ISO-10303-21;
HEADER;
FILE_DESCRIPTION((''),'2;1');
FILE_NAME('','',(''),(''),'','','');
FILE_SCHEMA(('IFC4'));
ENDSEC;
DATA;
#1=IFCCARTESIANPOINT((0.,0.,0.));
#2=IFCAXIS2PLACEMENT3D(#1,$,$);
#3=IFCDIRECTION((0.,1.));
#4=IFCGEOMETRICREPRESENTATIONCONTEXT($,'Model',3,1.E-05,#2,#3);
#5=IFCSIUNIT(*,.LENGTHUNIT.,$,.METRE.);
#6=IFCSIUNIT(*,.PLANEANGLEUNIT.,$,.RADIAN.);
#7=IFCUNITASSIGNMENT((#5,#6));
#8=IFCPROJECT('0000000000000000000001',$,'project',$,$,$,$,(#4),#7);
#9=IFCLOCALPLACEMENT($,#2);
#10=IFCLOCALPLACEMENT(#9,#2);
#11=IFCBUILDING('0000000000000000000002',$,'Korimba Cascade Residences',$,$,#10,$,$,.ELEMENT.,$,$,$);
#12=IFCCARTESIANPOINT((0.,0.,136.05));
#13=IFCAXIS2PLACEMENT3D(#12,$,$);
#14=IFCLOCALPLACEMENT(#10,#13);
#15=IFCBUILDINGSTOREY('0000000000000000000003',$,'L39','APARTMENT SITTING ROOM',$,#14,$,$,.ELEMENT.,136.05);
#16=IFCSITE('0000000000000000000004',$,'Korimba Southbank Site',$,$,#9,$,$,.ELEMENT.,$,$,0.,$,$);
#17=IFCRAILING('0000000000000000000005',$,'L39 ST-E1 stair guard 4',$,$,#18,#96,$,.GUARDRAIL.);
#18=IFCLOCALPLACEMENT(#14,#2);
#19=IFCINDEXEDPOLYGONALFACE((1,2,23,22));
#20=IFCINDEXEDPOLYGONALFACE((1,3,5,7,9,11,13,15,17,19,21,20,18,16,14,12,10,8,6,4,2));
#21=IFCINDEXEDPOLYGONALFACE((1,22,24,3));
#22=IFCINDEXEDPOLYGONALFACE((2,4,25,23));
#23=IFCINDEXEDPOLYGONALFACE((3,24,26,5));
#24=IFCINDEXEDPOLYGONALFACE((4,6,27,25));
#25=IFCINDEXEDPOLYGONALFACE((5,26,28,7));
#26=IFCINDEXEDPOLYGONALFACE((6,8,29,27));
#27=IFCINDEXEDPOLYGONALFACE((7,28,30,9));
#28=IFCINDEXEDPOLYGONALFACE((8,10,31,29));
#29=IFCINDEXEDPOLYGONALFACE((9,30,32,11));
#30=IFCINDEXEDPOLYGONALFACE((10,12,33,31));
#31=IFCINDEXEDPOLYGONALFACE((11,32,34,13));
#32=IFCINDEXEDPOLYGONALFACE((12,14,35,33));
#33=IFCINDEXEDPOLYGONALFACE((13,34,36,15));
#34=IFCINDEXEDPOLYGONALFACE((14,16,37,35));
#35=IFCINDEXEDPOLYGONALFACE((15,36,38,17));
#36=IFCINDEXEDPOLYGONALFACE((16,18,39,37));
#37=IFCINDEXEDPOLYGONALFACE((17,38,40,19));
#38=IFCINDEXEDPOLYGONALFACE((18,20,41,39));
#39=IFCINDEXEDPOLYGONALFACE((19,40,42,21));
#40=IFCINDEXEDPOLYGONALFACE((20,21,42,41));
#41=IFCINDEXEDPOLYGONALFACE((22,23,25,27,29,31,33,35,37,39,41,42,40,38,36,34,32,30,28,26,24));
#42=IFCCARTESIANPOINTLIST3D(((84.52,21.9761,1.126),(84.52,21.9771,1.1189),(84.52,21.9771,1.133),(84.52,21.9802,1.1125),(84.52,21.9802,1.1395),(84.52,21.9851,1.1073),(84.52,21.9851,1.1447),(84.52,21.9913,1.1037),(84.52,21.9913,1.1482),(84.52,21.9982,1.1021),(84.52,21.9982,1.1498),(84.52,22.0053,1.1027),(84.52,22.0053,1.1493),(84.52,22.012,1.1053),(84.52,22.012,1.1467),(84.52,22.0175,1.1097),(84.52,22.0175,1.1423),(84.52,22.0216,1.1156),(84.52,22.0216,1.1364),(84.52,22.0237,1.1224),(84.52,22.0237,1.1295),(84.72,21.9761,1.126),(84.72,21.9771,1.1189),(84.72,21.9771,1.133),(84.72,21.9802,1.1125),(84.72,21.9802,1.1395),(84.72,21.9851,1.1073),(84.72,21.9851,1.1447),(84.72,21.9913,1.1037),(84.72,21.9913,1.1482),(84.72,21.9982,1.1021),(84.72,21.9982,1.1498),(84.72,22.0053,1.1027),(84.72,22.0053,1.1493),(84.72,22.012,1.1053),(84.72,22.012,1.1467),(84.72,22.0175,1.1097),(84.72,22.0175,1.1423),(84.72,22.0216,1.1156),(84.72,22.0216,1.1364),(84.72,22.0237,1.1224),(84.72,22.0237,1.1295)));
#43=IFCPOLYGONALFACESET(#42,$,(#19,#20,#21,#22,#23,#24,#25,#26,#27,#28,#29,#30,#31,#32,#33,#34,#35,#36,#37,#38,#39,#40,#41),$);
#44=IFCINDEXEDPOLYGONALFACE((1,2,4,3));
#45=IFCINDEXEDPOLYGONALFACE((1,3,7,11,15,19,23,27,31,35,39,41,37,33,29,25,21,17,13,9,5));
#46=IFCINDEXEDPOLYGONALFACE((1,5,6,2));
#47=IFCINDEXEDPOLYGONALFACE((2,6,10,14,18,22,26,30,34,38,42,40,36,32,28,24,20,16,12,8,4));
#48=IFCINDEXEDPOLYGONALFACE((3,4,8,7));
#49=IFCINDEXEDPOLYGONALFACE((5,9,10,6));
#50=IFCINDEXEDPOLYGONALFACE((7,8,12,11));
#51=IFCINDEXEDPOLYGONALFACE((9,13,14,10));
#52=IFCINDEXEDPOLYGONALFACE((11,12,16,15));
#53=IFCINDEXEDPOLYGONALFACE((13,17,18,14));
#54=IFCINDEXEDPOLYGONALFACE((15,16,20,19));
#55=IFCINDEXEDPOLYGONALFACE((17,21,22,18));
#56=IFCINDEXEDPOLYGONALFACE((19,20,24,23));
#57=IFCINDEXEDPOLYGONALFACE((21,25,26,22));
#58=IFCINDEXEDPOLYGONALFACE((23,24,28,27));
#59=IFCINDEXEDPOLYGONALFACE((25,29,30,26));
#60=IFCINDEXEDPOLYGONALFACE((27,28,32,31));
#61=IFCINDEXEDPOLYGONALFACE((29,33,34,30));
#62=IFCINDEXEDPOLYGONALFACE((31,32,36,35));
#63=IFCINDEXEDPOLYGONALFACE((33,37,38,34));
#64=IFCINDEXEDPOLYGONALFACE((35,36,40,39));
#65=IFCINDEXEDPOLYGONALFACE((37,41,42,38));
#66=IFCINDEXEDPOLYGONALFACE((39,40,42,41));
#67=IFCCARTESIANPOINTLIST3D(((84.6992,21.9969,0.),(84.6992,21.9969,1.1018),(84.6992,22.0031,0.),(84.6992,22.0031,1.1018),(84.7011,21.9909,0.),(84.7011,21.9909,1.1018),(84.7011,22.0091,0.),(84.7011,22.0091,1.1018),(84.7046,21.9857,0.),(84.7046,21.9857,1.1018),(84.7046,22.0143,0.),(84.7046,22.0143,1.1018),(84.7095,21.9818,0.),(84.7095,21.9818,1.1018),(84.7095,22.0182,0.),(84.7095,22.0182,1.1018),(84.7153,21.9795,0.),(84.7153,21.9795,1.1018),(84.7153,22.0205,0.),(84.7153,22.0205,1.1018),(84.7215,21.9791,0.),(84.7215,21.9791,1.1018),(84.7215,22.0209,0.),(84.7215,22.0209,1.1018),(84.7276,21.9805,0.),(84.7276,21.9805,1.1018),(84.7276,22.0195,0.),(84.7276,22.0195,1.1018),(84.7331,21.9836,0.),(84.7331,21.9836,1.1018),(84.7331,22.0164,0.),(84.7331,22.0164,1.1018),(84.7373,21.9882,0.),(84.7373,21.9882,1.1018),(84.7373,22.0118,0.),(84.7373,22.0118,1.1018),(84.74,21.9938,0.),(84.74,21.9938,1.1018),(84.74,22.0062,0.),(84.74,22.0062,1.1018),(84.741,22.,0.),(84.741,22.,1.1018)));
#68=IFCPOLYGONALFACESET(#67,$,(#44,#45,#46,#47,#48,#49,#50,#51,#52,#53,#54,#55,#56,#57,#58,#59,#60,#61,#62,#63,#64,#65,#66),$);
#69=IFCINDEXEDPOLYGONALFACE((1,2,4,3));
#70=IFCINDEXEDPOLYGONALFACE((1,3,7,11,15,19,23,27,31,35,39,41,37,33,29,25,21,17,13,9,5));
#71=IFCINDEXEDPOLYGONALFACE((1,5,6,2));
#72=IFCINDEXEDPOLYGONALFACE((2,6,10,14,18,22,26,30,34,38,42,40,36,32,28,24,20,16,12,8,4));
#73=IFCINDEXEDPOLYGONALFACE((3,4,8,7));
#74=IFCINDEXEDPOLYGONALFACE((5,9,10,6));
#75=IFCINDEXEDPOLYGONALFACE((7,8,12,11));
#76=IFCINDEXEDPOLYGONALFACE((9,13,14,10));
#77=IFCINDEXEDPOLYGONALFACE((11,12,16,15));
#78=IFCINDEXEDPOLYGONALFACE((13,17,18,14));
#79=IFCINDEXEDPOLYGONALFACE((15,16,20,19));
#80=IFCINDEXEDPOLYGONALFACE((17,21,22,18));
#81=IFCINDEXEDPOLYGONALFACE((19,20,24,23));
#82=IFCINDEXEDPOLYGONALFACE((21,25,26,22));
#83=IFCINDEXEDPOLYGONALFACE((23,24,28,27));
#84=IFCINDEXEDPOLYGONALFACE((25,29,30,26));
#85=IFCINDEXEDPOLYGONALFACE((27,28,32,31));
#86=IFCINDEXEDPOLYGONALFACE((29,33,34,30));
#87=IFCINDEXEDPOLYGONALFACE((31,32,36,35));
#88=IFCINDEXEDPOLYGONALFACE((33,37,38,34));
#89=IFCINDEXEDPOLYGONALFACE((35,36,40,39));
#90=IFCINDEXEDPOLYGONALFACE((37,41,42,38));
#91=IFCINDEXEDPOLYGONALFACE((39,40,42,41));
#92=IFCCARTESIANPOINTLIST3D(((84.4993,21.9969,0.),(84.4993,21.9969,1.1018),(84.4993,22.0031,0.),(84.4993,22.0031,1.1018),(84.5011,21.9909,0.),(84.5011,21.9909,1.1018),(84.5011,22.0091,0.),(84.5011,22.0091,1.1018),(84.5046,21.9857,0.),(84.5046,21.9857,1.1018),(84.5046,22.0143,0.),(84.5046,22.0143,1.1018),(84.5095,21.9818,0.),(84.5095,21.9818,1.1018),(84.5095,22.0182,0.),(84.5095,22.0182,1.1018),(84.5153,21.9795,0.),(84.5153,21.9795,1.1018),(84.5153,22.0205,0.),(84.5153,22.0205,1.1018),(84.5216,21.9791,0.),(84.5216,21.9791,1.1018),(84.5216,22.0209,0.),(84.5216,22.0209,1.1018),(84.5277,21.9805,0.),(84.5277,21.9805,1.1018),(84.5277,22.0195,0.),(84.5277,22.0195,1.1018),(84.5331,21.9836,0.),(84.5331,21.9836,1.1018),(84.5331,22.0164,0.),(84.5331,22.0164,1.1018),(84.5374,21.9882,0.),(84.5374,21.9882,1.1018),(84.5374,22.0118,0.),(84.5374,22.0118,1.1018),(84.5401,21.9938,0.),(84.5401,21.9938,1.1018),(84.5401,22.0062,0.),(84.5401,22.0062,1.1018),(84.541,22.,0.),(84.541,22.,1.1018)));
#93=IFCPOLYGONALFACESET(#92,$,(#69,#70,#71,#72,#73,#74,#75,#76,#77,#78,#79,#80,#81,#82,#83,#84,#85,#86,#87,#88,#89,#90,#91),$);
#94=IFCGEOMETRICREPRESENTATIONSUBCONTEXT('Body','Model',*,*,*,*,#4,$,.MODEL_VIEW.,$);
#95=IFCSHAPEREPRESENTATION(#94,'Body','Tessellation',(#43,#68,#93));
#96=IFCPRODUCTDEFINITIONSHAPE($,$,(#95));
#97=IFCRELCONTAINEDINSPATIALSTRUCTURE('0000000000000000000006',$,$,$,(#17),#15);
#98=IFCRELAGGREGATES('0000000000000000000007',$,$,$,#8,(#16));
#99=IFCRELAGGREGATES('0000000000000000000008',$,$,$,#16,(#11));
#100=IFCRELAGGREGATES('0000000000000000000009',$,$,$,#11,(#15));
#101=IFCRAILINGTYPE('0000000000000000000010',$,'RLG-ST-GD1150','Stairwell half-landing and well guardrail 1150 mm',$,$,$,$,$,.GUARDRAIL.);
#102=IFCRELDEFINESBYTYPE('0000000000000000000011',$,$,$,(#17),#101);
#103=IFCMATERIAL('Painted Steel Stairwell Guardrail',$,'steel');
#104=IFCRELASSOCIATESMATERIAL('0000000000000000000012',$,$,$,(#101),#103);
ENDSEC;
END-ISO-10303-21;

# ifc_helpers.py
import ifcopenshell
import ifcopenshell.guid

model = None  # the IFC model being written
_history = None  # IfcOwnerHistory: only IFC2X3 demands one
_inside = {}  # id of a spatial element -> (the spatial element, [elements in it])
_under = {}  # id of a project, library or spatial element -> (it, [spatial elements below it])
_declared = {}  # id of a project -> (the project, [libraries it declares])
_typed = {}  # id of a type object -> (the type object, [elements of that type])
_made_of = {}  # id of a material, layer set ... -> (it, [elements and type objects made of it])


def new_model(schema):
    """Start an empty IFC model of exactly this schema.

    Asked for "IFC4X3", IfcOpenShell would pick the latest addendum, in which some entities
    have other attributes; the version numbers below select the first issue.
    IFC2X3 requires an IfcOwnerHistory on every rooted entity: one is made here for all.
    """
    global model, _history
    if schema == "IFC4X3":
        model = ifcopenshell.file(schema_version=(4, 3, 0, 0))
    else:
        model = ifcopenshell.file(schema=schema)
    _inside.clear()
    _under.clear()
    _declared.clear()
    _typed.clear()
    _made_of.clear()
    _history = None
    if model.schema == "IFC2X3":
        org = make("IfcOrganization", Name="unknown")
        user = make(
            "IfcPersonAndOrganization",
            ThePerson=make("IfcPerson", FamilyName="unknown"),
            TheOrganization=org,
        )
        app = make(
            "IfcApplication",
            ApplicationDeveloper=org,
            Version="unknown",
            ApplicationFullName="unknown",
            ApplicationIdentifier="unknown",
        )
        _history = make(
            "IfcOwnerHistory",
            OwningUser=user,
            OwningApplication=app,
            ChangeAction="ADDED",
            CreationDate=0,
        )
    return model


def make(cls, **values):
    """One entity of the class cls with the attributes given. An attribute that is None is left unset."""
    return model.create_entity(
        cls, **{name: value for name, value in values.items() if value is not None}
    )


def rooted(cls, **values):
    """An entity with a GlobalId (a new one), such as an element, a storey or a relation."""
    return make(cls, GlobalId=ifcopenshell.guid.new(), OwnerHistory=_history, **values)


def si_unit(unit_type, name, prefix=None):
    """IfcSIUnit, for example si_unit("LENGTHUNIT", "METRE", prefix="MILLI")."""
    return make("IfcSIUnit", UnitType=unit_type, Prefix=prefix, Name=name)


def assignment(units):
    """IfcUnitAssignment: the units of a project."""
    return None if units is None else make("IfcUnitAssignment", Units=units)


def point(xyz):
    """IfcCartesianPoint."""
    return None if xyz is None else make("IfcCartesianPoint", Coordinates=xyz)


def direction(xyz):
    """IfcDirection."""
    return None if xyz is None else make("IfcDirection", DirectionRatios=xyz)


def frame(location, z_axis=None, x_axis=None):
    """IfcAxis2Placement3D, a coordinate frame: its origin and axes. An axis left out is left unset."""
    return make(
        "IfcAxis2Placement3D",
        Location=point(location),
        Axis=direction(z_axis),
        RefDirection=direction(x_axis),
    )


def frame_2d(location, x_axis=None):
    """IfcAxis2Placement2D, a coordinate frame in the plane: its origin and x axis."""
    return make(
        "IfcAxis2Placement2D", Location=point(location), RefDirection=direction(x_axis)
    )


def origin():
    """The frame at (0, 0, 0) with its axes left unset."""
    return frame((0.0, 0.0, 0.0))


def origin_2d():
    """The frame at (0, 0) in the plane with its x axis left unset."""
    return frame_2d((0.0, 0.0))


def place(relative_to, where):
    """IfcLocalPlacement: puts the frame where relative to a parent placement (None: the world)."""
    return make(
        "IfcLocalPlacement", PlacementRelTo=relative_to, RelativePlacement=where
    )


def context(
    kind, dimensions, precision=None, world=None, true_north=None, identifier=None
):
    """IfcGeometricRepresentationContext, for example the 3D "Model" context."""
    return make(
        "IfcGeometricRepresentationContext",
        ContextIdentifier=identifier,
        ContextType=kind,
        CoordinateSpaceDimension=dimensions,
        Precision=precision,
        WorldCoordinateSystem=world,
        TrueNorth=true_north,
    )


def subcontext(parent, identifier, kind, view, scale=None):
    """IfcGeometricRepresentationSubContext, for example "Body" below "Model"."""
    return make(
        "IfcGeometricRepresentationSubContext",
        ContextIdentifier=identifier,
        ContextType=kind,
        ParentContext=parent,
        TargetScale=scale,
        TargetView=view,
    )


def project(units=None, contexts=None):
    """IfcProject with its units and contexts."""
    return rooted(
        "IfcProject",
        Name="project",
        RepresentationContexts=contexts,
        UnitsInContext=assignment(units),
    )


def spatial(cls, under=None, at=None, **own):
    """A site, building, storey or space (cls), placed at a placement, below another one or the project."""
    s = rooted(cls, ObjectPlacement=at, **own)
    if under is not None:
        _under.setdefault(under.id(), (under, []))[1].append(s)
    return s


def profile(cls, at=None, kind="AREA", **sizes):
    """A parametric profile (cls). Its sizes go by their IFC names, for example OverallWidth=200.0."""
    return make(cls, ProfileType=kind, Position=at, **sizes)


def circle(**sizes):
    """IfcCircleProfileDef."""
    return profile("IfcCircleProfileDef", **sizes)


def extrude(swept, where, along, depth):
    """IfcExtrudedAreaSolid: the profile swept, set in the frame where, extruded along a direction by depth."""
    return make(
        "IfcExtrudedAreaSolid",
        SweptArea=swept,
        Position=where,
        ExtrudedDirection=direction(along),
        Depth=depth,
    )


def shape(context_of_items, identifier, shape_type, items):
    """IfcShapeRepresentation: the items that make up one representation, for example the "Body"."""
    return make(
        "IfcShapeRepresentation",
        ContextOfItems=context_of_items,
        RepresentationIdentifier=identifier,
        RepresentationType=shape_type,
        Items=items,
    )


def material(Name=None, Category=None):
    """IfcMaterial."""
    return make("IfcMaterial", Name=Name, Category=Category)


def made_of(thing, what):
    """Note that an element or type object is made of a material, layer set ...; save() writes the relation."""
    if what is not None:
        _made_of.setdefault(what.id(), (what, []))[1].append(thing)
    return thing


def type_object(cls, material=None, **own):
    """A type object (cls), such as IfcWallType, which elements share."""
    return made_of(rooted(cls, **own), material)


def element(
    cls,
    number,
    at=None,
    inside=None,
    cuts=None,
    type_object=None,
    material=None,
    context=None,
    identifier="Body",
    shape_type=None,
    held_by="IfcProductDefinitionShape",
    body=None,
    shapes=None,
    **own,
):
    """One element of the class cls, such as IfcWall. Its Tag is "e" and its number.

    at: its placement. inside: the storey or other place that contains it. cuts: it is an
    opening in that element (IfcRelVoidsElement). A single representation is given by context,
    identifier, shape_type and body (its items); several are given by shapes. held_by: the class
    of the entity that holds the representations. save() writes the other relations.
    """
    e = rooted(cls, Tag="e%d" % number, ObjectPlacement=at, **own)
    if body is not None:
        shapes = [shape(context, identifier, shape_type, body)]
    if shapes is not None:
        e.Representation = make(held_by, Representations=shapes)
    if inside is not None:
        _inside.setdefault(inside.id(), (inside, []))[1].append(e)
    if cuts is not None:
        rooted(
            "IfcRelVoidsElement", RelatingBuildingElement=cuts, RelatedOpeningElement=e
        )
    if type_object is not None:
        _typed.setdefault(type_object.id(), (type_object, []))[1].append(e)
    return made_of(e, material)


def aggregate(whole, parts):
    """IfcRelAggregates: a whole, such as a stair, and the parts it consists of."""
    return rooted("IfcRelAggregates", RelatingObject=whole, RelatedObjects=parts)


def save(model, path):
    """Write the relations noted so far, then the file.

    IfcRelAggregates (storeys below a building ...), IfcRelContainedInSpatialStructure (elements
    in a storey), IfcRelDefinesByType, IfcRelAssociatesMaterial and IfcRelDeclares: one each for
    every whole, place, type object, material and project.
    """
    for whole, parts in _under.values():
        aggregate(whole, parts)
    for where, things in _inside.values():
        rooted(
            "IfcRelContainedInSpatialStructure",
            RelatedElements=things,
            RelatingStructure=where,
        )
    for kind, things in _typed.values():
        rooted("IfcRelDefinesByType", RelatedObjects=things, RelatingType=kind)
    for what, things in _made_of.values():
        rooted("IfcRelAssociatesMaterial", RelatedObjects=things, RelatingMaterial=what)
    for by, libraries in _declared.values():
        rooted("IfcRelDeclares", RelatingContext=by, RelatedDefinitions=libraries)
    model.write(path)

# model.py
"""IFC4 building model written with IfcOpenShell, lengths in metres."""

from ifc_helpers import new_model, si_unit, direction, frame, origin, origin_2d, place, context, subcontext, project, spatial, circle, extrude, material, type_object, element, save


model = new_model("IFC4")

# Units and contexts
model_context = context("Model", 3, precision=1e-05, world=origin(), true_north=direction((0.0, 1.0)))
body_context = subcontext(model_context, "Body", "Model", "MODEL_VIEW")
ifc_project = project(units=[si_unit("LENGTHUNIT", "METRE"), si_unit("PLANEANGLEUNIT", "RADIAN")], contexts=[model_context])

# Site, building, storey
site_placement = place(None, origin())
site = spatial("IfcSite", under=ifc_project, at=site_placement, Name="Korimba Southbank Site", CompositionType="ELEMENT", RefElevation=0.0)
building_placement = place(site_placement, origin())
building = spatial("IfcBuilding", under=site, at=building_placement, Name="Korimba Cascade Residences", CompositionType="ELEMENT")
storey_placement = place(building_placement, frame((0.0, 0.0, 136.05)))
storey = spatial("IfcBuildingStorey", under=building, at=storey_placement, Name="L39", Description="APARTMENT SITTING ROOM", CompositionType="ELEMENT", Elevation=136.05)

# Railing
ifc_material_1 = material(Name="Painted Steel Stairwell Guardrail", Category="steel")
railing_type_1 = type_object("IfcRailingType", Name="RLG-ST-GD1150", Description="Stairwell half-landing and well guardrail 1150 mm", PredefinedType="GUARDRAIL", material=ifc_material_1)
railing_1_placement = place(storey_placement, frame((84.72, 22.0, 0.0)))
element("IfcRailing", 1, at=railing_1_placement, inside=storey, type_object=railing_type_1, Name="L39 ST-E1 stair guard 4", PredefinedType="GUARDRAIL", context=body_context, shape_type="SweptSolid", body=[
    extrude(circle(Radius=0.0239, at=origin_2d()), frame((0.0, 0.0, 1.126), z_axis=(-1.0, 0.0, 0.0), x_axis=(0.0, -1.0, 0.0)), (0.0, 0.0, 1.0), 0.2),
    extrude(circle(Radius=0.021, at=origin_2d()), origin(), (0.0, 0.0, 1.0), 1.1018),
    extrude(circle(Radius=0.021, at=origin_2d()), frame((-0.2, 0.0, 0.0)), (0.0, 0.0, 1.0), 1.1018),
])

save(model, "model.ifc")
